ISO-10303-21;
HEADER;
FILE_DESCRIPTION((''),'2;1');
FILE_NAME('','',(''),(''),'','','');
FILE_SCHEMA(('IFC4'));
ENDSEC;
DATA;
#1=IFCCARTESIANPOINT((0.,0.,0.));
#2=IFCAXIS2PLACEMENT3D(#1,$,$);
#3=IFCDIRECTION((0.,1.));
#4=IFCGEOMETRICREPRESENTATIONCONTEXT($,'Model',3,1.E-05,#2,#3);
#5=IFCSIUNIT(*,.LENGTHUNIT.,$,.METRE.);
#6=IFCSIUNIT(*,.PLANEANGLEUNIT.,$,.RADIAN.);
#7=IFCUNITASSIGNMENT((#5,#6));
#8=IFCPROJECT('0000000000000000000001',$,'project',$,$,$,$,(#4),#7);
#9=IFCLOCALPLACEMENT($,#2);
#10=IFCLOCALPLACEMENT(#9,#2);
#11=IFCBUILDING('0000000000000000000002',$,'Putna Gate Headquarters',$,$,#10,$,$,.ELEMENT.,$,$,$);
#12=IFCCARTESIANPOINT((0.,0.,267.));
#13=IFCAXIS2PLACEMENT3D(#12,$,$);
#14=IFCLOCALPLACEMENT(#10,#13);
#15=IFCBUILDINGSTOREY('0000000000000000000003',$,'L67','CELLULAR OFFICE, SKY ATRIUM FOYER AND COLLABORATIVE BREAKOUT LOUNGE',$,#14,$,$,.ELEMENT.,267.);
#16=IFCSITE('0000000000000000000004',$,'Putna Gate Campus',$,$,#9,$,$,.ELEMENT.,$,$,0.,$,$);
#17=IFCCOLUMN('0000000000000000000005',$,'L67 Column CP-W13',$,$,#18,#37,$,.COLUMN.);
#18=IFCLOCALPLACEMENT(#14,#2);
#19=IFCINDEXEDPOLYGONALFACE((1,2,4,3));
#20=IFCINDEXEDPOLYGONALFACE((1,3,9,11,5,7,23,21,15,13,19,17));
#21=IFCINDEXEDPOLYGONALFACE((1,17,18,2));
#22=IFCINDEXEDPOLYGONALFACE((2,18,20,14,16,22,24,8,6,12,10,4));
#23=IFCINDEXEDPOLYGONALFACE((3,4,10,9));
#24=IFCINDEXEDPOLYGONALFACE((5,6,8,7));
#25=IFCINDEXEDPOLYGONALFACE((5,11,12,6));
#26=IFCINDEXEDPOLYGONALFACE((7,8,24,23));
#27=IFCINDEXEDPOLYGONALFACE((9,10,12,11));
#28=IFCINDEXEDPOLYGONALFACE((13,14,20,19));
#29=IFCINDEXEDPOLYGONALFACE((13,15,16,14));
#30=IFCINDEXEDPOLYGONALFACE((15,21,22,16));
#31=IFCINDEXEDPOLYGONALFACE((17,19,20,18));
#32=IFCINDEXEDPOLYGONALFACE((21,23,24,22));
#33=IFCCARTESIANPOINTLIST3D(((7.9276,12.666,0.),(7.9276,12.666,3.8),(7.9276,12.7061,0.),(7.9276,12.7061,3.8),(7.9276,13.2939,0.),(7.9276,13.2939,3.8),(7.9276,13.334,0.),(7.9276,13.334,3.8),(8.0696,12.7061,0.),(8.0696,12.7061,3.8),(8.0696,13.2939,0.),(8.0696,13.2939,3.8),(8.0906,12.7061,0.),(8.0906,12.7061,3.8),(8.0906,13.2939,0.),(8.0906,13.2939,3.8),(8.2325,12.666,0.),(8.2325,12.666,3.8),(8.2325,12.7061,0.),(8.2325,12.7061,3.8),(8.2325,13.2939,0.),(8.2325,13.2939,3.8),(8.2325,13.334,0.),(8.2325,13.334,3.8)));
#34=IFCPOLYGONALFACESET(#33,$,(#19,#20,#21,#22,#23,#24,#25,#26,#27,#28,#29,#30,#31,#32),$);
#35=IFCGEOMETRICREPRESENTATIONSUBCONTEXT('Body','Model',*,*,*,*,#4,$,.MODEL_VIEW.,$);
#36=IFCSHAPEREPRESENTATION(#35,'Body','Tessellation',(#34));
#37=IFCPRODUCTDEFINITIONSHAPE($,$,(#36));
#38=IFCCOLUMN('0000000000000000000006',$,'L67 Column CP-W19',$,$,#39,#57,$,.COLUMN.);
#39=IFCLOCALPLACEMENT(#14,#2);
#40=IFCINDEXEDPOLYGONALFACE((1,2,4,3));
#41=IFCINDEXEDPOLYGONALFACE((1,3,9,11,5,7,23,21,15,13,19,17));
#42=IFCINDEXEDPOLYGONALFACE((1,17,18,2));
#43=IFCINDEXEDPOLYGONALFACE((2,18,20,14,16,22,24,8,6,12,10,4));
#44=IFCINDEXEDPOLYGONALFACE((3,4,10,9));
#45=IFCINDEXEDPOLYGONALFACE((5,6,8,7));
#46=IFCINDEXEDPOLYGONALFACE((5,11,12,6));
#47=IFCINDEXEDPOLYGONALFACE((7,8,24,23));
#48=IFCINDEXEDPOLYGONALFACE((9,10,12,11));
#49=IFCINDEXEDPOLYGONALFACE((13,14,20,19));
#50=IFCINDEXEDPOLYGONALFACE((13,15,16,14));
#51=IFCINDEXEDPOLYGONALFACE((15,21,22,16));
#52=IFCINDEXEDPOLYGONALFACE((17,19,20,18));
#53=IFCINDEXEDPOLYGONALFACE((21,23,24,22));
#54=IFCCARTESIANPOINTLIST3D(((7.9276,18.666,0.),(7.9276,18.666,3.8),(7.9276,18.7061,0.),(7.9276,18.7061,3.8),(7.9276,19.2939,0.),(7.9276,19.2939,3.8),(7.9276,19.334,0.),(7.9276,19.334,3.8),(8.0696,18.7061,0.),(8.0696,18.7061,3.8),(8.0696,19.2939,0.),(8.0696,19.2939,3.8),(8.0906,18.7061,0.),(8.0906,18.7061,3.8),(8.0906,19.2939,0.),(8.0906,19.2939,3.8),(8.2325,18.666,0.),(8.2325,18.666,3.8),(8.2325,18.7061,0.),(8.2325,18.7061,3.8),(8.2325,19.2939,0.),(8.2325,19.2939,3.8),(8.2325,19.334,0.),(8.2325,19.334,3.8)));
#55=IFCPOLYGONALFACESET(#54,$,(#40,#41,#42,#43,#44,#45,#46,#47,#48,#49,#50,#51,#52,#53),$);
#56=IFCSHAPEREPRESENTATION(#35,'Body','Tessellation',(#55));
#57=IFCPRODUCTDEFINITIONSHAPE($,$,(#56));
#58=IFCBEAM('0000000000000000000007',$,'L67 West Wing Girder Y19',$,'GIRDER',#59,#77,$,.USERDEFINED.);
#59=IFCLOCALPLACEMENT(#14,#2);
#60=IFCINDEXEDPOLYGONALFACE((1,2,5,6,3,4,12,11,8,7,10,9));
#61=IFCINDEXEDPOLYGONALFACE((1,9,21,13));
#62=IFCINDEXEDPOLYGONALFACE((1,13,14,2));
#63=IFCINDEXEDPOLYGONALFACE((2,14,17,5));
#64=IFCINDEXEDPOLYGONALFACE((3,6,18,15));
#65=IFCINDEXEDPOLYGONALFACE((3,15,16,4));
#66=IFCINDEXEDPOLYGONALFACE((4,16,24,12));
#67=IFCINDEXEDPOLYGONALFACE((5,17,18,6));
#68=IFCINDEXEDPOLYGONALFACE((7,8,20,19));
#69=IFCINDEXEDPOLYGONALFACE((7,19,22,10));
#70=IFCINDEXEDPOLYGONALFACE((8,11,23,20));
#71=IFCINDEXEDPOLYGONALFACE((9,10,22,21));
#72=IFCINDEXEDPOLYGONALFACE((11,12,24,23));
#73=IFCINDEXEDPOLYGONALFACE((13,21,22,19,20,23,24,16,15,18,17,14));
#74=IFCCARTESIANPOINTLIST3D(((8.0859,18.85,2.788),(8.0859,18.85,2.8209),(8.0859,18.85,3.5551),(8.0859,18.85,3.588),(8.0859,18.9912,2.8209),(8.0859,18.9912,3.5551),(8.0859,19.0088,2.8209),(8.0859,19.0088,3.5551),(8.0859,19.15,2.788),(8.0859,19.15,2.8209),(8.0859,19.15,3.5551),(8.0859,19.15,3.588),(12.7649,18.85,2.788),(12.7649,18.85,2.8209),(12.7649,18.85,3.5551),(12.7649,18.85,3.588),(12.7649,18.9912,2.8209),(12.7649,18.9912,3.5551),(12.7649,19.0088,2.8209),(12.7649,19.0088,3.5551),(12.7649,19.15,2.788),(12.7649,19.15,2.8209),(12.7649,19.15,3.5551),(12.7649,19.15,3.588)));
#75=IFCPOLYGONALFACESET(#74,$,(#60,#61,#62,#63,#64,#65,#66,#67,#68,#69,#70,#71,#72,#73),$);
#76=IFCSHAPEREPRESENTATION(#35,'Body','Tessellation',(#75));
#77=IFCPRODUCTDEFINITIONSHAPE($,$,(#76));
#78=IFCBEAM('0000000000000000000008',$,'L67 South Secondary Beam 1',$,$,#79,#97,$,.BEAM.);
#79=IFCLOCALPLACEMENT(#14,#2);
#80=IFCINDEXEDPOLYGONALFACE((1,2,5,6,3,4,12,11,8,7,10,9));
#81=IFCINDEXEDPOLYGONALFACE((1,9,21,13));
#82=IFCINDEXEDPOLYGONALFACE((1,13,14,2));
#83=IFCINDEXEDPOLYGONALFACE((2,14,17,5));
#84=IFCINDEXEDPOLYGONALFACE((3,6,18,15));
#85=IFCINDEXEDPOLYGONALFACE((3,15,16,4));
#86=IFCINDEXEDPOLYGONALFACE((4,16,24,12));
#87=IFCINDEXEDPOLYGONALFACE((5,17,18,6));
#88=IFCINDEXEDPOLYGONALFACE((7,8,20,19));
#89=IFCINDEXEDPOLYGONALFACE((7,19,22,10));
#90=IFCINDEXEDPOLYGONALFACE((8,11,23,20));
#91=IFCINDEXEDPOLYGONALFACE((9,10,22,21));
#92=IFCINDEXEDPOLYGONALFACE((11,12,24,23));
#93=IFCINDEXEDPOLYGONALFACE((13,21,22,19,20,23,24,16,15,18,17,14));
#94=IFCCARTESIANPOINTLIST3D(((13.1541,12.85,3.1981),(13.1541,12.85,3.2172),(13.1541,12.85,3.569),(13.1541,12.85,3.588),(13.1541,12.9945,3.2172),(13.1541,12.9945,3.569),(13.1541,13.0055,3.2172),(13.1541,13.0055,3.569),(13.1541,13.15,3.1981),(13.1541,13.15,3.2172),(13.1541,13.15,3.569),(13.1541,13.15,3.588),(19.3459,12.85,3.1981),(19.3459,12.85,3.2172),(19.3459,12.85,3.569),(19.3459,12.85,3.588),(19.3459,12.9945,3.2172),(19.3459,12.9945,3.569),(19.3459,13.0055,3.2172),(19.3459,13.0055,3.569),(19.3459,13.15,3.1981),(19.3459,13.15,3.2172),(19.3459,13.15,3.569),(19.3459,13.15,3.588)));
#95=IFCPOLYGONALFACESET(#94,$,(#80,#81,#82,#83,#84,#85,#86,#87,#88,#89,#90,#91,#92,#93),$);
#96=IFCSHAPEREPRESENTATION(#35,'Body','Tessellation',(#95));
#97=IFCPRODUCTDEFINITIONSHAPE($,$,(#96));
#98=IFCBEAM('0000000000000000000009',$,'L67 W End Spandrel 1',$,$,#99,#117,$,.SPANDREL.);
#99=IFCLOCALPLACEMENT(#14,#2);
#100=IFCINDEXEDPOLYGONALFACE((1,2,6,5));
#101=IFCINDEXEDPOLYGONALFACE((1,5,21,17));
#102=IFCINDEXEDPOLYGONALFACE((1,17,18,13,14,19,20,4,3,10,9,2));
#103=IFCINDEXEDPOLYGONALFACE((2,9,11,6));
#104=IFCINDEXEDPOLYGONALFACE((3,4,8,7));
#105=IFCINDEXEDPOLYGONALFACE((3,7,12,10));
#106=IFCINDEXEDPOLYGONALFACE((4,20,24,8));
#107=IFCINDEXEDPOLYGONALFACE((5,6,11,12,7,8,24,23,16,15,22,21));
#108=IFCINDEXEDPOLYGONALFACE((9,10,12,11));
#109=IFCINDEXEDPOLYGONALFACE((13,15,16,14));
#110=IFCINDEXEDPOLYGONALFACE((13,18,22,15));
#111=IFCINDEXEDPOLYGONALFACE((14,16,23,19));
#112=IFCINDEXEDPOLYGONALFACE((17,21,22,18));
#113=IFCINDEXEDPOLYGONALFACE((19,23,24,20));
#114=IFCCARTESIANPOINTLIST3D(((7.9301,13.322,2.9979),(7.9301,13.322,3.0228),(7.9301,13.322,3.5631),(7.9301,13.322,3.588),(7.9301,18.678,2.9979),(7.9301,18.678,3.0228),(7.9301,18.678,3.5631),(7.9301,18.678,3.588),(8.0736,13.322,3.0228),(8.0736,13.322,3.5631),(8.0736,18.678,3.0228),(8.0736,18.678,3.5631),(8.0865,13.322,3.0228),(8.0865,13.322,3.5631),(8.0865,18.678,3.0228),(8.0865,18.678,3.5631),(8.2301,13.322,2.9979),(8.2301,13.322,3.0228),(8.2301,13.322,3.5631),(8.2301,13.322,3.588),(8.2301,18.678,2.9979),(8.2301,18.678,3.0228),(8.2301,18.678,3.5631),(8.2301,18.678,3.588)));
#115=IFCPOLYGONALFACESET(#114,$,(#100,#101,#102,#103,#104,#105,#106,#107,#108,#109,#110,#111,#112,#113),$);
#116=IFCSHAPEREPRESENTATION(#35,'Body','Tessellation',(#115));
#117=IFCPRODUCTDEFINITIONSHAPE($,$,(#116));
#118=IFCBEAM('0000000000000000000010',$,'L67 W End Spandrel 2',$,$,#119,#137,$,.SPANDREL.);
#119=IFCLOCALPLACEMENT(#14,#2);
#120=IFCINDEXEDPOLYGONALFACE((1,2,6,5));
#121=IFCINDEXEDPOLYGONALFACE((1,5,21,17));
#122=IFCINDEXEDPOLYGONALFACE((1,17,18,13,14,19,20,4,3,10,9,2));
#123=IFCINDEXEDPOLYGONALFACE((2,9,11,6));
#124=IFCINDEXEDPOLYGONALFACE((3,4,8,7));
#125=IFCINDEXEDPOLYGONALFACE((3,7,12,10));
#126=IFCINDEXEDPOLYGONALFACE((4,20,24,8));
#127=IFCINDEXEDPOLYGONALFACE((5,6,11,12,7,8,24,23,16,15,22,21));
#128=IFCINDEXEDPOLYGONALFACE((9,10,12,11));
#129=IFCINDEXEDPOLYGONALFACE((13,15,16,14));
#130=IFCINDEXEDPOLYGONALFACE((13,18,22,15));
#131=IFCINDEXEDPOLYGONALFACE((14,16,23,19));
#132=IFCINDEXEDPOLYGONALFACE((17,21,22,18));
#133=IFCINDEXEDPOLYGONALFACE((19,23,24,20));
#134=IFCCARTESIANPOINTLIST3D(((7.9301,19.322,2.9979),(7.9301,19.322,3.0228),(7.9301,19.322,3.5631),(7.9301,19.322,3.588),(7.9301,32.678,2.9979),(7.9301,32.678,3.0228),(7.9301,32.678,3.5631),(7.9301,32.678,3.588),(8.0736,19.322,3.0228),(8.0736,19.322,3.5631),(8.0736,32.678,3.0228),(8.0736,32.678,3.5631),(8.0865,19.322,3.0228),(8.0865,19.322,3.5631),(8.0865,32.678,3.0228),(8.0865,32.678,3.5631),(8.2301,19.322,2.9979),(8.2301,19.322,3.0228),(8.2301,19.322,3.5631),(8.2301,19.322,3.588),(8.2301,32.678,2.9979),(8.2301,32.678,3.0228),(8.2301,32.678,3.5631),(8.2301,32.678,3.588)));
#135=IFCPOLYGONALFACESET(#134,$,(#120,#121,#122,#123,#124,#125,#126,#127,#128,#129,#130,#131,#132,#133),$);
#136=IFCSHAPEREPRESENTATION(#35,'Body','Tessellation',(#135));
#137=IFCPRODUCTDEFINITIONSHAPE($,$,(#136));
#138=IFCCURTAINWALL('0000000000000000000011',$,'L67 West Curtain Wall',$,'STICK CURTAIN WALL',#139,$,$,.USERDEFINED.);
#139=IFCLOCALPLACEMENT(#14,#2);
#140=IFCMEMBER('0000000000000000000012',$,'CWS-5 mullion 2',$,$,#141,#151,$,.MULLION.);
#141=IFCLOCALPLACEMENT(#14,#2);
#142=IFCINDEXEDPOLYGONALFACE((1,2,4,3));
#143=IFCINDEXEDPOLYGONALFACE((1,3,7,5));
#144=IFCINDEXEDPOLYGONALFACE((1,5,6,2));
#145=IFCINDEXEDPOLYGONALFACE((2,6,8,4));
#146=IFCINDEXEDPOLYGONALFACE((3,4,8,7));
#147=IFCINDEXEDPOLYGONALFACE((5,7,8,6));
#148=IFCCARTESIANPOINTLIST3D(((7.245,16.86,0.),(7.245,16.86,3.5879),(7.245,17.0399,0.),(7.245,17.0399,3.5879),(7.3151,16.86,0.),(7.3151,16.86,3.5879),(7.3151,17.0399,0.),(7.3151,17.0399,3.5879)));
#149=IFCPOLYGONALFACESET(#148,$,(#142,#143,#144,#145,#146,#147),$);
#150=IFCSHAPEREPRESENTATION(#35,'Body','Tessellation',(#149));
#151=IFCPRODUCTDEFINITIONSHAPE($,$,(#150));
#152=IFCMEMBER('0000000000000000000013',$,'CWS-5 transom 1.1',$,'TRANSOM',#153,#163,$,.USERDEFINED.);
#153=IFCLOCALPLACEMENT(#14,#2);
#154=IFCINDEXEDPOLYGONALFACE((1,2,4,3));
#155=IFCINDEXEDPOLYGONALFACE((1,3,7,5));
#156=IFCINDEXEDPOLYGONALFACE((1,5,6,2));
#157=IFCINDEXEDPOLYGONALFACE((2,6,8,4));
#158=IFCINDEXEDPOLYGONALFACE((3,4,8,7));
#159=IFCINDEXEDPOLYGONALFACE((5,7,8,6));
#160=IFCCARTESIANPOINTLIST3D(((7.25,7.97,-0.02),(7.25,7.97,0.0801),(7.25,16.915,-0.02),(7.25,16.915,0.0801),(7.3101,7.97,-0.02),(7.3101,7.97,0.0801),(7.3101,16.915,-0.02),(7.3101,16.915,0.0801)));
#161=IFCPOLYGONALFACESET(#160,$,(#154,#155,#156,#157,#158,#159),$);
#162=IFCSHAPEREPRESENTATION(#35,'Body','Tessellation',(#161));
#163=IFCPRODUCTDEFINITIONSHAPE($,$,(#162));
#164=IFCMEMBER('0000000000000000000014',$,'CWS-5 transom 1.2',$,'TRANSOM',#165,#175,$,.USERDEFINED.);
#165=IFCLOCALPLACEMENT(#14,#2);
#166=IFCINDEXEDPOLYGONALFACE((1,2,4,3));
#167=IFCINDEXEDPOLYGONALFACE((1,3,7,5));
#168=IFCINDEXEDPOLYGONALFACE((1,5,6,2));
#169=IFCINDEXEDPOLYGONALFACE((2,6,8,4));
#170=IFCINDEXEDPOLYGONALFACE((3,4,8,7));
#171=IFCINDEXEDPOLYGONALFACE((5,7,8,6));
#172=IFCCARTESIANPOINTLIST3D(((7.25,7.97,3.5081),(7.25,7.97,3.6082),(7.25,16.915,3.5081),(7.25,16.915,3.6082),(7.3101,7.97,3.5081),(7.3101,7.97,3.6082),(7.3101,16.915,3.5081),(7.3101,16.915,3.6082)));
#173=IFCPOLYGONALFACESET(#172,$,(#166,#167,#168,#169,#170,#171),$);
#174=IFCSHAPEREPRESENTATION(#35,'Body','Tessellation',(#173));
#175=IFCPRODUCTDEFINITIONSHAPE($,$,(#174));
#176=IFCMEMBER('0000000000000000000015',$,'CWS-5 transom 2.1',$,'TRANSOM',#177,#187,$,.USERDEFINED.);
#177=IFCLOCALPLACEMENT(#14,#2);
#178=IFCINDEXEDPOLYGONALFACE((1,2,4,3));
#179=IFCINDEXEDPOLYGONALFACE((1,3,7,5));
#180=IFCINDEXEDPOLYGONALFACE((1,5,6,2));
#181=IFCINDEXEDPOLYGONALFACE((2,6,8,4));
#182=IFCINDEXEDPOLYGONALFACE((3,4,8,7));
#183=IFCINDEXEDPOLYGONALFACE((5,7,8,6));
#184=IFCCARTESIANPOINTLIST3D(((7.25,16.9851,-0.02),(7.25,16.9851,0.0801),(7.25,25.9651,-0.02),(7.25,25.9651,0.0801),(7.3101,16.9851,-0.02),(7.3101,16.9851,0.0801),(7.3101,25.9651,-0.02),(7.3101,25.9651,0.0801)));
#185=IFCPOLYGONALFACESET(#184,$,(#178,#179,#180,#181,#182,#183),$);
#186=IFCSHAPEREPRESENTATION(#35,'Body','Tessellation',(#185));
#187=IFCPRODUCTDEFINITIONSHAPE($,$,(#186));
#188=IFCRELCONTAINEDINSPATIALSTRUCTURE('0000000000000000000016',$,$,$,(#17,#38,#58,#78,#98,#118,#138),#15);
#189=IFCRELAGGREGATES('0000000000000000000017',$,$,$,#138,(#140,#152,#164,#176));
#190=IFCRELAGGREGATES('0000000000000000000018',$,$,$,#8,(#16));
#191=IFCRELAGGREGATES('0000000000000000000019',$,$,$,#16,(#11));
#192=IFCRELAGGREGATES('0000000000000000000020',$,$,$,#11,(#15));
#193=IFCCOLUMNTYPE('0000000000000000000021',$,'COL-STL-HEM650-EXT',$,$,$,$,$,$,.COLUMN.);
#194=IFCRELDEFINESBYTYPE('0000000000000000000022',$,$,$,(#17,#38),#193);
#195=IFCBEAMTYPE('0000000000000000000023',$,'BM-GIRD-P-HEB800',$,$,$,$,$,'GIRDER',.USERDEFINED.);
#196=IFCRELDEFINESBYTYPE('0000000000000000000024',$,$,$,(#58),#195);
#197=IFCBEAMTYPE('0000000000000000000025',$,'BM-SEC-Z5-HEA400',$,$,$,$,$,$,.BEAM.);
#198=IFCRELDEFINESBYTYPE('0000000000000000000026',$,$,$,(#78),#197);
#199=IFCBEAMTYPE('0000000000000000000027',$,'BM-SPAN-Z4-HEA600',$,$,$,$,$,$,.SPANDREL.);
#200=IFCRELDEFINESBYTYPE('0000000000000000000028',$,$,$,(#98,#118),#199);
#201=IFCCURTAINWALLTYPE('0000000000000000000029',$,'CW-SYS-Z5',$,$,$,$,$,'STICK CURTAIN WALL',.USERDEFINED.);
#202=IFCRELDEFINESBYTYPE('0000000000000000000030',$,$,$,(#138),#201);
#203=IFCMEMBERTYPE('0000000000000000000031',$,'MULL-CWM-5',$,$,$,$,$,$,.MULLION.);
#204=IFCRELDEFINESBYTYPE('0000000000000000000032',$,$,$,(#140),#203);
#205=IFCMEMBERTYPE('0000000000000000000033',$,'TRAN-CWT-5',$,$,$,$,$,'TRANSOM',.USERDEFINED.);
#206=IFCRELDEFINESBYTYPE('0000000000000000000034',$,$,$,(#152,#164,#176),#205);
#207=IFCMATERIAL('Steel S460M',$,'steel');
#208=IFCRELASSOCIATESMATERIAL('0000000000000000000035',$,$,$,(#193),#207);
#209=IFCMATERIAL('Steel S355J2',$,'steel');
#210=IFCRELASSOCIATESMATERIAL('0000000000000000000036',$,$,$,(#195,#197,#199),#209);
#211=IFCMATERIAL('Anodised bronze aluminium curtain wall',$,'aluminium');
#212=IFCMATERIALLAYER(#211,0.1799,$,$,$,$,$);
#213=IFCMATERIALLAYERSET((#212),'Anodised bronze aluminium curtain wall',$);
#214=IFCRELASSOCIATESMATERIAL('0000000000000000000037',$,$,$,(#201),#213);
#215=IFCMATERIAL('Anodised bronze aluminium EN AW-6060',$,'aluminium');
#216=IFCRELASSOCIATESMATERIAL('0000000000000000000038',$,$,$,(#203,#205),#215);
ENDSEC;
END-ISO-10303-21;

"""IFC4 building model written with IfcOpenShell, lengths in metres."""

from ifc_helpers import new_model, si_unit, direction, frame, origin, origin_2d, place, context, subcontext, project, spatial, rectangle, i_section, extrude, material, layer, layer_set, material_profile, profile_set, type_object, element, aggregate, save


model = new_model("IFC4")

# Units and contexts
model_context = context("Model", 3, precision=1e-05, world=origin(), true_north=direction((0.0, 1.0)))
body_context = subcontext(model_context, "Body", "Model", "MODEL_VIEW")
ifc_project = project(units=[si_unit("LENGTHUNIT", "METRE"), si_unit("PLANEANGLEUNIT", "RADIAN")], contexts=[model_context])

# Site, building, storey
site_placement = place(None, origin())
site = spatial("IfcSite", under=ifc_project, at=site_placement, Name="Putna Gate Campus", CompositionType="ELEMENT", RefElevation=0.0)
building_placement = place(site_placement, origin())
building = spatial("IfcBuilding", under=site, at=building_placement, Name="Putna Gate Headquarters", CompositionType="ELEMENT")
storey_placement = place(building_placement, frame((0.0, 0.0, 267.0)))
storey = spatial("IfcBuildingStorey", under=building, at=storey_placement, Name="L67", Description="CELLULAR OFFICE, SKY ATRIUM FOYER AND COLLABORATIVE BREAKOUT LOUNGE", CompositionType="ELEMENT", Elevation=267.0)

# Columns
ifc_material_1 = material(Name="Steel S460M", Category="steel")
ifc_material_profile_1 = material_profile(ifc_material_1, i_section(OverallWidth=0.3049, OverallDepth=0.668, WebThickness=0.021, FlangeThickness=0.04, at=origin_2d()), Name="Steel S460M")
ifc_profile_set_1 = profile_set([ifc_material_profile_1], Name="Steel S460M")
column_type = type_object("IfcColumnType", Name="COL-STL-HEM650-EXT", PredefinedType="COLUMN", material=ifc_profile_set_1)
for number, where, z_axis, x_axis, name in (
    (1, (8.0801, 13.0, 0.0), (0.0, 0.0, 1.0), (1.0, 0.0, 0.0), "L67 Column CP-W13"),
    (2, (8.0801, 19.0, 0.0), (0.0, 0.0, 1.0), (1.0, 0.0, 0.0), "L67 Column CP-W19"),
):
    element("IfcColumn", number, at=place(storey_placement, frame(where, z_axis=z_axis, x_axis=x_axis)), inside=storey, type_object=column_type, Name=name, PredefinedType="COLUMN", context=body_context, shape_type="SweptSolid", body=[
        extrude(i_section(OverallWidth=0.3049, OverallDepth=0.668, WebThickness=0.021, FlangeThickness=0.04, at=origin_2d()), origin(), (0.0, 0.0, 1.0), 3.8),
    ])

# Beams
ifc_material_2 = material(Name="Steel S355J2", Category="steel")
ifc_material_profile_2 = material_profile(ifc_material_2, i_section(OverallWidth=0.3, OverallDepth=0.8, WebThickness=0.0176, FlangeThickness=0.033, at=origin_2d()), Name="Steel S355J2")
ifc_profile_set_2 = profile_set([ifc_material_profile_2], Name="Steel S355J2")
beam_type_1 = type_object("IfcBeamType", Name="BM-GIRD-P-HEB800", ElementType="GIRDER", PredefinedType="USERDEFINED", material=ifc_profile_set_2)
beam_1_placement = place(storey_placement, frame((8.0859, 19.0, 3.188), z_axis=(1.0, 0.0, 0.0), x_axis=(0.0, 1.0, 0.0)))
element("IfcBeam", 3, at=beam_1_placement, inside=storey, type_object=beam_type_1, Name="L67 West Wing Girder Y19", ObjectType="GIRDER", PredefinedType="USERDEFINED", context=body_context, shape_type="SweptSolid", body=[
    extrude(i_section(OverallWidth=0.3, OverallDepth=0.8, WebThickness=0.0176, FlangeThickness=0.033, at=origin_2d()), origin(), (0.0, 0.0, 1.0), 4.679),
])
ifc_material_profile_3 = material_profile(ifc_material_2, i_section(OverallWidth=0.3, OverallDepth=0.3899, WebThickness=0.011, FlangeThickness=0.019, at=origin_2d()), Name="Steel S355J2")
ifc_profile_set_3 = profile_set([ifc_material_profile_3], Name="Steel S355J2")
beam_type_2 = type_object("IfcBeamType", Name="BM-SEC-Z5-HEA400", PredefinedType="BEAM", material=ifc_profile_set_3)
beam_2_placement = place(storey_placement, frame((13.1541, 13.0, 3.3931), z_axis=(1.0, 0.0, 0.0), x_axis=(0.0, 1.0, 0.0)))
element("IfcBeam", 4, at=beam_2_placement, inside=storey, type_object=beam_type_2, Name="L67 South Secondary Beam 1", PredefinedType="BEAM", context=body_context, shape_type="SweptSolid", body=[
    extrude(i_section(OverallWidth=0.3, OverallDepth=0.3899, WebThickness=0.011, FlangeThickness=0.019, at=origin_2d()), origin(), (0.0, 0.0, 1.0), 6.1919),
])
ifc_material_profile_4 = material_profile(ifc_material_2, i_section(OverallWidth=0.3, OverallDepth=0.5901, WebThickness=0.0129, FlangeThickness=0.0249, at=origin_2d()), Name="Steel S355J2")
ifc_profile_set_4 = profile_set([ifc_material_profile_4], Name="Steel S355J2")
beam_type_3 = type_object("IfcBeamType", Name="BM-SPAN-Z4-HEA600", PredefinedType="SPANDREL", material=ifc_profile_set_4)
beam_3_placement = place(storey_placement, frame((8.0801, 13.322, 3.293), z_axis=(0.0, 1.0, 0.0), x_axis=(-1.0, 0.0, 0.0)))
element("IfcBeam", 5, at=beam_3_placement, inside=storey, type_object=beam_type_3, Name="L67 W End Spandrel 1", PredefinedType="SPANDREL", context=body_context, shape_type="SweptSolid", body=[
    extrude(i_section(OverallWidth=0.3, OverallDepth=0.5901, WebThickness=0.0129, FlangeThickness=0.0249, at=origin_2d()), origin(), (0.0, 0.0, 1.0), 5.356),
])
beam_4_placement = place(storey_placement, frame((8.0801, 19.322, 3.293), z_axis=(0.0, 1.0, 0.0), x_axis=(-1.0, 0.0, 0.0)))
element("IfcBeam", 6, at=beam_4_placement, inside=storey, type_object=beam_type_3, Name="L67 W End Spandrel 2", PredefinedType="SPANDREL", context=body_context, shape_type="SweptSolid", body=[
    extrude(i_section(OverallWidth=0.3, OverallDepth=0.5901, WebThickness=0.0129, FlangeThickness=0.0249, at=origin_2d()), origin(), (0.0, 0.0, 1.0), 13.356),
])

# Curtain wall, members
ifc_material_3 = material(Name="Anodised bronze aluminium curtain wall", Category="aluminium")
ifc_layer_1 = layer(ifc_material_3, 0.1799)
ifc_layer_set_1 = layer_set([ifc_layer_1], Name="Anodised bronze aluminium curtain wall")
curtain_wall_type = type_object("IfcCurtainWallType", Name="CW-SYS-Z5", ElementType="STICK CURTAIN WALL", PredefinedType="USERDEFINED", material=ifc_layer_set_1)
curtain_wall_placement = place(storey_placement, origin())
curtain_wall = element("IfcCurtainWall", 7, at=curtain_wall_placement, inside=storey, type_object=curtain_wall_type, Name="L67 West Curtain Wall", ObjectType="STICK CURTAIN WALL", PredefinedType="USERDEFINED")
ifc_material_4 = material(Name="Anodised bronze aluminium EN AW-6060", Category="aluminium")
ifc_material_profile_5 = material_profile(ifc_material_4, rectangle(XDim=0.0701, YDim=0.1799, at=origin_2d()), Name="Anodised bronze aluminium EN AW-6060")
ifc_profile_set_5 = profile_set([ifc_material_profile_5], Name="Anodised bronze aluminium EN AW-6060")
member_type_1 = type_object("IfcMemberType", Name="MULL-CWM-5", PredefinedType="MULLION", material=ifc_profile_set_5)
member_1_placement = place(storey_placement, frame((7.28, 16.95, 0.0), z_axis=(0.0, 0.0, 1.0), x_axis=(-1.0, 0.0, 0.0)))
member_1 = element("IfcMember", 8, at=member_1_placement, type_object=member_type_1, Name="CWS-5 mullion 2", PredefinedType="MULLION", context=body_context, shape_type="SweptSolid", body=[
    extrude(rectangle(XDim=0.0701, YDim=0.1799, at=origin_2d()), origin(), (0.0, 0.0, 1.0), 3.5879),
])
ifc_material_profile_6 = material_profile(ifc_material_4, rectangle(XDim=0.0601, YDim=0.1001, at=origin_2d()), Name="Anodised bronze aluminium EN AW-6060")
ifc_profile_set_6 = profile_set([ifc_material_profile_6], Name="Anodised bronze aluminium EN AW-6060")
member_type_2 = type_object("IfcMemberType", Name="TRAN-CWT-5", ElementType="TRANSOM", PredefinedType="USERDEFINED", material=ifc_profile_set_6)
member_2_placement = place(storey_placement, frame((7.28, 7.97, 0.03), z_axis=(0.0, 1.0, 0.0), x_axis=(-1.0, 0.0, 0.0)))
member_2 = element("IfcMember", 9, at=member_2_placement, type_object=member_type_2, Name="CWS-5 transom 1.1", ObjectType="TRANSOM", PredefinedType="USERDEFINED", context=body_context, shape_type="SweptSolid", body=[
    extrude(rectangle(XDim=0.0601, YDim=0.1001, at=origin_2d()), origin(), (0.0, 0.0, 1.0), 8.9451),
])
member_3_placement = place(storey_placement, frame((7.28, 7.97, 3.5581), z_axis=(0.0, 1.0, 0.0), x_axis=(-1.0, 0.0, 0.0)))
member_3 = element("IfcMember", 10, at=member_3_placement, type_object=member_type_2, Name="CWS-5 transom 1.2", ObjectType="TRANSOM", PredefinedType="USERDEFINED", context=body_context, shape_type="SweptSolid", body=[
    extrude(rectangle(XDim=0.0601, YDim=0.1001, at=origin_2d()), origin(), (0.0, 0.0, 1.0), 8.9451),
])
member_4_placement = place(storey_placement, frame((7.28, 16.9851, 0.03), z_axis=(0.0, 1.0, 0.0), x_axis=(-1.0, 0.0, 0.0)))
member_4 = element("IfcMember", 11, at=member_4_placement, type_object=member_type_2, Name="CWS-5 transom 2.1", ObjectType="TRANSOM", PredefinedType="USERDEFINED", context=body_context, shape_type="SweptSolid", body=[
    extrude(rectangle(XDim=0.0601, YDim=0.1001, at=origin_2d()), origin(), (0.0, 0.0, 1.0), 8.98),
])
aggregate(curtain_wall, [member_1, member_2, member_3, member_4])

save(model, "model.ifc")
